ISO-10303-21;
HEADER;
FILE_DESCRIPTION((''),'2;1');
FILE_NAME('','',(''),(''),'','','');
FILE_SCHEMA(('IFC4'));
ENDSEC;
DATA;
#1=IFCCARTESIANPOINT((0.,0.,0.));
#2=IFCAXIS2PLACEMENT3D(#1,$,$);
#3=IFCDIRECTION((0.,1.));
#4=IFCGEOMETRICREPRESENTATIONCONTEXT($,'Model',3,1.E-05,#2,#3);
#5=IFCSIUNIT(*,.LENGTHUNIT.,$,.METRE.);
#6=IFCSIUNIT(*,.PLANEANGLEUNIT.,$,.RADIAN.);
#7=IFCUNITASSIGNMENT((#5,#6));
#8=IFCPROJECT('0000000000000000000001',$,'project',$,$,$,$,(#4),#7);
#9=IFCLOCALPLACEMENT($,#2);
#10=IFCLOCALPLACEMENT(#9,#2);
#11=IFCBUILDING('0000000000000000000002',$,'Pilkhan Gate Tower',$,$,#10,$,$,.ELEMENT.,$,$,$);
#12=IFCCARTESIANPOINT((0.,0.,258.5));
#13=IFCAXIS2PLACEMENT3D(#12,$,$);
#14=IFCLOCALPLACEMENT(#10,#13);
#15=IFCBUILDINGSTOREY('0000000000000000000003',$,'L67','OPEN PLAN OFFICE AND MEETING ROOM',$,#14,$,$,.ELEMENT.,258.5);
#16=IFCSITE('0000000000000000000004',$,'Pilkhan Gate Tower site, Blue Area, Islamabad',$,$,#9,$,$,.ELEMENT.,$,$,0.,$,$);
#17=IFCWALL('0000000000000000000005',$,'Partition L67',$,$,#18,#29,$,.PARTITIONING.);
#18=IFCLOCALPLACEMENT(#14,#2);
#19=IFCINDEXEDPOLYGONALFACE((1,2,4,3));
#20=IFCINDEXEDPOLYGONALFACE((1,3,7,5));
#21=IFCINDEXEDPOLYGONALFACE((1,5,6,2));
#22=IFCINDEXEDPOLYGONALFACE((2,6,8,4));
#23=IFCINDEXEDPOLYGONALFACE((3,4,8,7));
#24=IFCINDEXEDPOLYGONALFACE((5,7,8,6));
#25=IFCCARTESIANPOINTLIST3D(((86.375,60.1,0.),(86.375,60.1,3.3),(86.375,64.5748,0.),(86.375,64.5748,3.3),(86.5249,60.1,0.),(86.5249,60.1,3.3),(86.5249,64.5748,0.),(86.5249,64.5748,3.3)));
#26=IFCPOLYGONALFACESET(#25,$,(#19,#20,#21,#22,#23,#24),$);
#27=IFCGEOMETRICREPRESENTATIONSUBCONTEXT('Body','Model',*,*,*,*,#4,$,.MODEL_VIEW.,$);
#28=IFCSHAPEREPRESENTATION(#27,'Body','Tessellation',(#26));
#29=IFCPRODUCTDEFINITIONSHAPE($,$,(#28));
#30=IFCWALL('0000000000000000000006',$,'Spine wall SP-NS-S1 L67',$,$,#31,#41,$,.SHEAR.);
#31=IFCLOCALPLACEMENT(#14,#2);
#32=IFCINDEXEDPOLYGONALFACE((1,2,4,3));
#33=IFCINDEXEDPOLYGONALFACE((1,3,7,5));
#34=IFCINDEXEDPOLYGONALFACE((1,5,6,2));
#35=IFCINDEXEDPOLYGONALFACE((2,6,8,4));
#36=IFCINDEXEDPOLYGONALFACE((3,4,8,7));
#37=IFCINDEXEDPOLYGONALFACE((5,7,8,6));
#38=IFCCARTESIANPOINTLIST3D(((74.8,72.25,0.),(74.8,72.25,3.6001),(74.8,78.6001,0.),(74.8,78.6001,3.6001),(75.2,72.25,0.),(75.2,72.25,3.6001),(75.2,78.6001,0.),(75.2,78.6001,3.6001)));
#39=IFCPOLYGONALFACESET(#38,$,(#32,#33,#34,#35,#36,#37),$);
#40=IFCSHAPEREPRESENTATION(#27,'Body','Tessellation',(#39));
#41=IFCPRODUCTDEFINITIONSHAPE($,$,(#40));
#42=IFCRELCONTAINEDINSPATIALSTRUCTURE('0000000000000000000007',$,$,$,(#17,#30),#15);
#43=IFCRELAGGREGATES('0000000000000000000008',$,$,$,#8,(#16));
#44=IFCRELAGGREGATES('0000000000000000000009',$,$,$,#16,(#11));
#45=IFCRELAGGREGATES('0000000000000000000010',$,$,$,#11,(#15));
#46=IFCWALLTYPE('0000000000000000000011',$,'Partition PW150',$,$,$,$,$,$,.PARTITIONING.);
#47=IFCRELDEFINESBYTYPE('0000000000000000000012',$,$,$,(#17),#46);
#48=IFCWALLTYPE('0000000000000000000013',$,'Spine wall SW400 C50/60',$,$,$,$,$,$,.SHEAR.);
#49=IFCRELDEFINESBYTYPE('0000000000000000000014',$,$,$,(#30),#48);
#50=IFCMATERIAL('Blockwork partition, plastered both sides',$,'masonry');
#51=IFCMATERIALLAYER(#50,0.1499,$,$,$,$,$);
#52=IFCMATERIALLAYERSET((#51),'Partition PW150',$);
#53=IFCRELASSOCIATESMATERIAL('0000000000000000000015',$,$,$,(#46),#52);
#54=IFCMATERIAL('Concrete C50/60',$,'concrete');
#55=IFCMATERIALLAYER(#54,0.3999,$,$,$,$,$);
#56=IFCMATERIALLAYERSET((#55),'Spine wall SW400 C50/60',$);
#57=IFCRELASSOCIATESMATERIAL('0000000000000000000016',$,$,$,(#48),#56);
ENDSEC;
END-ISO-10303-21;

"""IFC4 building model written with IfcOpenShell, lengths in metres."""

from ifc_helpers import new_model, si_unit, direction, frame, frame_2d, origin, place, context, subcontext, project, spatial, rectangle, extrude, material, layer, layer_set, type_object, element, save


model = new_model("IFC4")

# Units and contexts
model_context = context("Model", 3, precision=1e-05, world=origin(), true_north=direction((0.0, 1.0)))
body_context = subcontext(model_context, "Body", "Model", "MODEL_VIEW")
ifc_project = project(units=[si_unit("LENGTHUNIT", "METRE"), si_unit("PLANEANGLEUNIT", "RADIAN")], contexts=[model_context])

# Site, building, storey
site_placement = place(None, origin())
site = spatial("IfcSite", under=ifc_project, at=site_placement, Name="Pilkhan Gate Tower site, Blue Area, Islamabad", CompositionType="ELEMENT", RefElevation=0.0)
building_placement = place(site_placement, origin())
building = spatial("IfcBuilding", under=site, at=building_placement, Name="Pilkhan Gate Tower", CompositionType="ELEMENT")
storey_placement = place(building_placement, frame((0.0, 0.0, 258.5)))
storey = spatial("IfcBuildingStorey", under=building, at=storey_placement, Name="L67", Description="OPEN PLAN OFFICE AND MEETING ROOM", CompositionType="ELEMENT", Elevation=258.5)

# Walls
ifc_material_1 = material(Name="Blockwork partition, plastered both sides", Category="masonry")
ifc_layer_1 = layer(ifc_material_1, 0.1499)
ifc_layer_set_1 = layer_set([ifc_layer_1], Name="Partition PW150")
wall_type_1 = type_object("IfcWallType", Name="Partition PW150", PredefinedType="PARTITIONING", material=ifc_layer_set_1)
wall_1_placement = place(storey_placement, frame((86.45, 60.1001, 0.0), z_axis=(0.0, 0.0, 1.0), x_axis=(0.0, 1.0, 0.0)))
element("IfcWall", 1, at=wall_1_placement, inside=storey, type_object=wall_type_1, Name="Partition L67", PredefinedType="PARTITIONING", context=body_context, shape_type="SweptSolid", body=[
    extrude(rectangle(XDim=4.4749, YDim=0.1499, at=frame_2d((2.2373, 0.0))), origin(), (0.0, 0.0, 1.0), 3.3),
])
ifc_material_2 = material(Name="Concrete C50/60", Category="concrete")
ifc_layer_2 = layer(ifc_material_2, 0.3999)
ifc_layer_set_2 = layer_set([ifc_layer_2], Name="Spine wall SW400 C50/60")
wall_type_2 = type_object("IfcWallType", Name="Spine wall SW400 C50/60", PredefinedType="SHEAR", material=ifc_layer_set_2)
wall_2_placement = place(storey_placement, frame((75.0, 72.25, 0.0), z_axis=(0.0, 0.0, 1.0), x_axis=(0.0, 1.0, 0.0)))
element("IfcWall", 2, at=wall_2_placement, inside=storey, type_object=wall_type_2, Name="Spine wall SP-NS-S1 L67", PredefinedType="SHEAR", context=body_context, shape_type="SweptSolid", body=[
    extrude(rectangle(XDim=6.3501, YDim=0.3999, at=frame_2d((3.175, 0.0))), origin(), (0.0, 0.0, 1.0), 3.6001),
])

save(model, "model.ifc")
